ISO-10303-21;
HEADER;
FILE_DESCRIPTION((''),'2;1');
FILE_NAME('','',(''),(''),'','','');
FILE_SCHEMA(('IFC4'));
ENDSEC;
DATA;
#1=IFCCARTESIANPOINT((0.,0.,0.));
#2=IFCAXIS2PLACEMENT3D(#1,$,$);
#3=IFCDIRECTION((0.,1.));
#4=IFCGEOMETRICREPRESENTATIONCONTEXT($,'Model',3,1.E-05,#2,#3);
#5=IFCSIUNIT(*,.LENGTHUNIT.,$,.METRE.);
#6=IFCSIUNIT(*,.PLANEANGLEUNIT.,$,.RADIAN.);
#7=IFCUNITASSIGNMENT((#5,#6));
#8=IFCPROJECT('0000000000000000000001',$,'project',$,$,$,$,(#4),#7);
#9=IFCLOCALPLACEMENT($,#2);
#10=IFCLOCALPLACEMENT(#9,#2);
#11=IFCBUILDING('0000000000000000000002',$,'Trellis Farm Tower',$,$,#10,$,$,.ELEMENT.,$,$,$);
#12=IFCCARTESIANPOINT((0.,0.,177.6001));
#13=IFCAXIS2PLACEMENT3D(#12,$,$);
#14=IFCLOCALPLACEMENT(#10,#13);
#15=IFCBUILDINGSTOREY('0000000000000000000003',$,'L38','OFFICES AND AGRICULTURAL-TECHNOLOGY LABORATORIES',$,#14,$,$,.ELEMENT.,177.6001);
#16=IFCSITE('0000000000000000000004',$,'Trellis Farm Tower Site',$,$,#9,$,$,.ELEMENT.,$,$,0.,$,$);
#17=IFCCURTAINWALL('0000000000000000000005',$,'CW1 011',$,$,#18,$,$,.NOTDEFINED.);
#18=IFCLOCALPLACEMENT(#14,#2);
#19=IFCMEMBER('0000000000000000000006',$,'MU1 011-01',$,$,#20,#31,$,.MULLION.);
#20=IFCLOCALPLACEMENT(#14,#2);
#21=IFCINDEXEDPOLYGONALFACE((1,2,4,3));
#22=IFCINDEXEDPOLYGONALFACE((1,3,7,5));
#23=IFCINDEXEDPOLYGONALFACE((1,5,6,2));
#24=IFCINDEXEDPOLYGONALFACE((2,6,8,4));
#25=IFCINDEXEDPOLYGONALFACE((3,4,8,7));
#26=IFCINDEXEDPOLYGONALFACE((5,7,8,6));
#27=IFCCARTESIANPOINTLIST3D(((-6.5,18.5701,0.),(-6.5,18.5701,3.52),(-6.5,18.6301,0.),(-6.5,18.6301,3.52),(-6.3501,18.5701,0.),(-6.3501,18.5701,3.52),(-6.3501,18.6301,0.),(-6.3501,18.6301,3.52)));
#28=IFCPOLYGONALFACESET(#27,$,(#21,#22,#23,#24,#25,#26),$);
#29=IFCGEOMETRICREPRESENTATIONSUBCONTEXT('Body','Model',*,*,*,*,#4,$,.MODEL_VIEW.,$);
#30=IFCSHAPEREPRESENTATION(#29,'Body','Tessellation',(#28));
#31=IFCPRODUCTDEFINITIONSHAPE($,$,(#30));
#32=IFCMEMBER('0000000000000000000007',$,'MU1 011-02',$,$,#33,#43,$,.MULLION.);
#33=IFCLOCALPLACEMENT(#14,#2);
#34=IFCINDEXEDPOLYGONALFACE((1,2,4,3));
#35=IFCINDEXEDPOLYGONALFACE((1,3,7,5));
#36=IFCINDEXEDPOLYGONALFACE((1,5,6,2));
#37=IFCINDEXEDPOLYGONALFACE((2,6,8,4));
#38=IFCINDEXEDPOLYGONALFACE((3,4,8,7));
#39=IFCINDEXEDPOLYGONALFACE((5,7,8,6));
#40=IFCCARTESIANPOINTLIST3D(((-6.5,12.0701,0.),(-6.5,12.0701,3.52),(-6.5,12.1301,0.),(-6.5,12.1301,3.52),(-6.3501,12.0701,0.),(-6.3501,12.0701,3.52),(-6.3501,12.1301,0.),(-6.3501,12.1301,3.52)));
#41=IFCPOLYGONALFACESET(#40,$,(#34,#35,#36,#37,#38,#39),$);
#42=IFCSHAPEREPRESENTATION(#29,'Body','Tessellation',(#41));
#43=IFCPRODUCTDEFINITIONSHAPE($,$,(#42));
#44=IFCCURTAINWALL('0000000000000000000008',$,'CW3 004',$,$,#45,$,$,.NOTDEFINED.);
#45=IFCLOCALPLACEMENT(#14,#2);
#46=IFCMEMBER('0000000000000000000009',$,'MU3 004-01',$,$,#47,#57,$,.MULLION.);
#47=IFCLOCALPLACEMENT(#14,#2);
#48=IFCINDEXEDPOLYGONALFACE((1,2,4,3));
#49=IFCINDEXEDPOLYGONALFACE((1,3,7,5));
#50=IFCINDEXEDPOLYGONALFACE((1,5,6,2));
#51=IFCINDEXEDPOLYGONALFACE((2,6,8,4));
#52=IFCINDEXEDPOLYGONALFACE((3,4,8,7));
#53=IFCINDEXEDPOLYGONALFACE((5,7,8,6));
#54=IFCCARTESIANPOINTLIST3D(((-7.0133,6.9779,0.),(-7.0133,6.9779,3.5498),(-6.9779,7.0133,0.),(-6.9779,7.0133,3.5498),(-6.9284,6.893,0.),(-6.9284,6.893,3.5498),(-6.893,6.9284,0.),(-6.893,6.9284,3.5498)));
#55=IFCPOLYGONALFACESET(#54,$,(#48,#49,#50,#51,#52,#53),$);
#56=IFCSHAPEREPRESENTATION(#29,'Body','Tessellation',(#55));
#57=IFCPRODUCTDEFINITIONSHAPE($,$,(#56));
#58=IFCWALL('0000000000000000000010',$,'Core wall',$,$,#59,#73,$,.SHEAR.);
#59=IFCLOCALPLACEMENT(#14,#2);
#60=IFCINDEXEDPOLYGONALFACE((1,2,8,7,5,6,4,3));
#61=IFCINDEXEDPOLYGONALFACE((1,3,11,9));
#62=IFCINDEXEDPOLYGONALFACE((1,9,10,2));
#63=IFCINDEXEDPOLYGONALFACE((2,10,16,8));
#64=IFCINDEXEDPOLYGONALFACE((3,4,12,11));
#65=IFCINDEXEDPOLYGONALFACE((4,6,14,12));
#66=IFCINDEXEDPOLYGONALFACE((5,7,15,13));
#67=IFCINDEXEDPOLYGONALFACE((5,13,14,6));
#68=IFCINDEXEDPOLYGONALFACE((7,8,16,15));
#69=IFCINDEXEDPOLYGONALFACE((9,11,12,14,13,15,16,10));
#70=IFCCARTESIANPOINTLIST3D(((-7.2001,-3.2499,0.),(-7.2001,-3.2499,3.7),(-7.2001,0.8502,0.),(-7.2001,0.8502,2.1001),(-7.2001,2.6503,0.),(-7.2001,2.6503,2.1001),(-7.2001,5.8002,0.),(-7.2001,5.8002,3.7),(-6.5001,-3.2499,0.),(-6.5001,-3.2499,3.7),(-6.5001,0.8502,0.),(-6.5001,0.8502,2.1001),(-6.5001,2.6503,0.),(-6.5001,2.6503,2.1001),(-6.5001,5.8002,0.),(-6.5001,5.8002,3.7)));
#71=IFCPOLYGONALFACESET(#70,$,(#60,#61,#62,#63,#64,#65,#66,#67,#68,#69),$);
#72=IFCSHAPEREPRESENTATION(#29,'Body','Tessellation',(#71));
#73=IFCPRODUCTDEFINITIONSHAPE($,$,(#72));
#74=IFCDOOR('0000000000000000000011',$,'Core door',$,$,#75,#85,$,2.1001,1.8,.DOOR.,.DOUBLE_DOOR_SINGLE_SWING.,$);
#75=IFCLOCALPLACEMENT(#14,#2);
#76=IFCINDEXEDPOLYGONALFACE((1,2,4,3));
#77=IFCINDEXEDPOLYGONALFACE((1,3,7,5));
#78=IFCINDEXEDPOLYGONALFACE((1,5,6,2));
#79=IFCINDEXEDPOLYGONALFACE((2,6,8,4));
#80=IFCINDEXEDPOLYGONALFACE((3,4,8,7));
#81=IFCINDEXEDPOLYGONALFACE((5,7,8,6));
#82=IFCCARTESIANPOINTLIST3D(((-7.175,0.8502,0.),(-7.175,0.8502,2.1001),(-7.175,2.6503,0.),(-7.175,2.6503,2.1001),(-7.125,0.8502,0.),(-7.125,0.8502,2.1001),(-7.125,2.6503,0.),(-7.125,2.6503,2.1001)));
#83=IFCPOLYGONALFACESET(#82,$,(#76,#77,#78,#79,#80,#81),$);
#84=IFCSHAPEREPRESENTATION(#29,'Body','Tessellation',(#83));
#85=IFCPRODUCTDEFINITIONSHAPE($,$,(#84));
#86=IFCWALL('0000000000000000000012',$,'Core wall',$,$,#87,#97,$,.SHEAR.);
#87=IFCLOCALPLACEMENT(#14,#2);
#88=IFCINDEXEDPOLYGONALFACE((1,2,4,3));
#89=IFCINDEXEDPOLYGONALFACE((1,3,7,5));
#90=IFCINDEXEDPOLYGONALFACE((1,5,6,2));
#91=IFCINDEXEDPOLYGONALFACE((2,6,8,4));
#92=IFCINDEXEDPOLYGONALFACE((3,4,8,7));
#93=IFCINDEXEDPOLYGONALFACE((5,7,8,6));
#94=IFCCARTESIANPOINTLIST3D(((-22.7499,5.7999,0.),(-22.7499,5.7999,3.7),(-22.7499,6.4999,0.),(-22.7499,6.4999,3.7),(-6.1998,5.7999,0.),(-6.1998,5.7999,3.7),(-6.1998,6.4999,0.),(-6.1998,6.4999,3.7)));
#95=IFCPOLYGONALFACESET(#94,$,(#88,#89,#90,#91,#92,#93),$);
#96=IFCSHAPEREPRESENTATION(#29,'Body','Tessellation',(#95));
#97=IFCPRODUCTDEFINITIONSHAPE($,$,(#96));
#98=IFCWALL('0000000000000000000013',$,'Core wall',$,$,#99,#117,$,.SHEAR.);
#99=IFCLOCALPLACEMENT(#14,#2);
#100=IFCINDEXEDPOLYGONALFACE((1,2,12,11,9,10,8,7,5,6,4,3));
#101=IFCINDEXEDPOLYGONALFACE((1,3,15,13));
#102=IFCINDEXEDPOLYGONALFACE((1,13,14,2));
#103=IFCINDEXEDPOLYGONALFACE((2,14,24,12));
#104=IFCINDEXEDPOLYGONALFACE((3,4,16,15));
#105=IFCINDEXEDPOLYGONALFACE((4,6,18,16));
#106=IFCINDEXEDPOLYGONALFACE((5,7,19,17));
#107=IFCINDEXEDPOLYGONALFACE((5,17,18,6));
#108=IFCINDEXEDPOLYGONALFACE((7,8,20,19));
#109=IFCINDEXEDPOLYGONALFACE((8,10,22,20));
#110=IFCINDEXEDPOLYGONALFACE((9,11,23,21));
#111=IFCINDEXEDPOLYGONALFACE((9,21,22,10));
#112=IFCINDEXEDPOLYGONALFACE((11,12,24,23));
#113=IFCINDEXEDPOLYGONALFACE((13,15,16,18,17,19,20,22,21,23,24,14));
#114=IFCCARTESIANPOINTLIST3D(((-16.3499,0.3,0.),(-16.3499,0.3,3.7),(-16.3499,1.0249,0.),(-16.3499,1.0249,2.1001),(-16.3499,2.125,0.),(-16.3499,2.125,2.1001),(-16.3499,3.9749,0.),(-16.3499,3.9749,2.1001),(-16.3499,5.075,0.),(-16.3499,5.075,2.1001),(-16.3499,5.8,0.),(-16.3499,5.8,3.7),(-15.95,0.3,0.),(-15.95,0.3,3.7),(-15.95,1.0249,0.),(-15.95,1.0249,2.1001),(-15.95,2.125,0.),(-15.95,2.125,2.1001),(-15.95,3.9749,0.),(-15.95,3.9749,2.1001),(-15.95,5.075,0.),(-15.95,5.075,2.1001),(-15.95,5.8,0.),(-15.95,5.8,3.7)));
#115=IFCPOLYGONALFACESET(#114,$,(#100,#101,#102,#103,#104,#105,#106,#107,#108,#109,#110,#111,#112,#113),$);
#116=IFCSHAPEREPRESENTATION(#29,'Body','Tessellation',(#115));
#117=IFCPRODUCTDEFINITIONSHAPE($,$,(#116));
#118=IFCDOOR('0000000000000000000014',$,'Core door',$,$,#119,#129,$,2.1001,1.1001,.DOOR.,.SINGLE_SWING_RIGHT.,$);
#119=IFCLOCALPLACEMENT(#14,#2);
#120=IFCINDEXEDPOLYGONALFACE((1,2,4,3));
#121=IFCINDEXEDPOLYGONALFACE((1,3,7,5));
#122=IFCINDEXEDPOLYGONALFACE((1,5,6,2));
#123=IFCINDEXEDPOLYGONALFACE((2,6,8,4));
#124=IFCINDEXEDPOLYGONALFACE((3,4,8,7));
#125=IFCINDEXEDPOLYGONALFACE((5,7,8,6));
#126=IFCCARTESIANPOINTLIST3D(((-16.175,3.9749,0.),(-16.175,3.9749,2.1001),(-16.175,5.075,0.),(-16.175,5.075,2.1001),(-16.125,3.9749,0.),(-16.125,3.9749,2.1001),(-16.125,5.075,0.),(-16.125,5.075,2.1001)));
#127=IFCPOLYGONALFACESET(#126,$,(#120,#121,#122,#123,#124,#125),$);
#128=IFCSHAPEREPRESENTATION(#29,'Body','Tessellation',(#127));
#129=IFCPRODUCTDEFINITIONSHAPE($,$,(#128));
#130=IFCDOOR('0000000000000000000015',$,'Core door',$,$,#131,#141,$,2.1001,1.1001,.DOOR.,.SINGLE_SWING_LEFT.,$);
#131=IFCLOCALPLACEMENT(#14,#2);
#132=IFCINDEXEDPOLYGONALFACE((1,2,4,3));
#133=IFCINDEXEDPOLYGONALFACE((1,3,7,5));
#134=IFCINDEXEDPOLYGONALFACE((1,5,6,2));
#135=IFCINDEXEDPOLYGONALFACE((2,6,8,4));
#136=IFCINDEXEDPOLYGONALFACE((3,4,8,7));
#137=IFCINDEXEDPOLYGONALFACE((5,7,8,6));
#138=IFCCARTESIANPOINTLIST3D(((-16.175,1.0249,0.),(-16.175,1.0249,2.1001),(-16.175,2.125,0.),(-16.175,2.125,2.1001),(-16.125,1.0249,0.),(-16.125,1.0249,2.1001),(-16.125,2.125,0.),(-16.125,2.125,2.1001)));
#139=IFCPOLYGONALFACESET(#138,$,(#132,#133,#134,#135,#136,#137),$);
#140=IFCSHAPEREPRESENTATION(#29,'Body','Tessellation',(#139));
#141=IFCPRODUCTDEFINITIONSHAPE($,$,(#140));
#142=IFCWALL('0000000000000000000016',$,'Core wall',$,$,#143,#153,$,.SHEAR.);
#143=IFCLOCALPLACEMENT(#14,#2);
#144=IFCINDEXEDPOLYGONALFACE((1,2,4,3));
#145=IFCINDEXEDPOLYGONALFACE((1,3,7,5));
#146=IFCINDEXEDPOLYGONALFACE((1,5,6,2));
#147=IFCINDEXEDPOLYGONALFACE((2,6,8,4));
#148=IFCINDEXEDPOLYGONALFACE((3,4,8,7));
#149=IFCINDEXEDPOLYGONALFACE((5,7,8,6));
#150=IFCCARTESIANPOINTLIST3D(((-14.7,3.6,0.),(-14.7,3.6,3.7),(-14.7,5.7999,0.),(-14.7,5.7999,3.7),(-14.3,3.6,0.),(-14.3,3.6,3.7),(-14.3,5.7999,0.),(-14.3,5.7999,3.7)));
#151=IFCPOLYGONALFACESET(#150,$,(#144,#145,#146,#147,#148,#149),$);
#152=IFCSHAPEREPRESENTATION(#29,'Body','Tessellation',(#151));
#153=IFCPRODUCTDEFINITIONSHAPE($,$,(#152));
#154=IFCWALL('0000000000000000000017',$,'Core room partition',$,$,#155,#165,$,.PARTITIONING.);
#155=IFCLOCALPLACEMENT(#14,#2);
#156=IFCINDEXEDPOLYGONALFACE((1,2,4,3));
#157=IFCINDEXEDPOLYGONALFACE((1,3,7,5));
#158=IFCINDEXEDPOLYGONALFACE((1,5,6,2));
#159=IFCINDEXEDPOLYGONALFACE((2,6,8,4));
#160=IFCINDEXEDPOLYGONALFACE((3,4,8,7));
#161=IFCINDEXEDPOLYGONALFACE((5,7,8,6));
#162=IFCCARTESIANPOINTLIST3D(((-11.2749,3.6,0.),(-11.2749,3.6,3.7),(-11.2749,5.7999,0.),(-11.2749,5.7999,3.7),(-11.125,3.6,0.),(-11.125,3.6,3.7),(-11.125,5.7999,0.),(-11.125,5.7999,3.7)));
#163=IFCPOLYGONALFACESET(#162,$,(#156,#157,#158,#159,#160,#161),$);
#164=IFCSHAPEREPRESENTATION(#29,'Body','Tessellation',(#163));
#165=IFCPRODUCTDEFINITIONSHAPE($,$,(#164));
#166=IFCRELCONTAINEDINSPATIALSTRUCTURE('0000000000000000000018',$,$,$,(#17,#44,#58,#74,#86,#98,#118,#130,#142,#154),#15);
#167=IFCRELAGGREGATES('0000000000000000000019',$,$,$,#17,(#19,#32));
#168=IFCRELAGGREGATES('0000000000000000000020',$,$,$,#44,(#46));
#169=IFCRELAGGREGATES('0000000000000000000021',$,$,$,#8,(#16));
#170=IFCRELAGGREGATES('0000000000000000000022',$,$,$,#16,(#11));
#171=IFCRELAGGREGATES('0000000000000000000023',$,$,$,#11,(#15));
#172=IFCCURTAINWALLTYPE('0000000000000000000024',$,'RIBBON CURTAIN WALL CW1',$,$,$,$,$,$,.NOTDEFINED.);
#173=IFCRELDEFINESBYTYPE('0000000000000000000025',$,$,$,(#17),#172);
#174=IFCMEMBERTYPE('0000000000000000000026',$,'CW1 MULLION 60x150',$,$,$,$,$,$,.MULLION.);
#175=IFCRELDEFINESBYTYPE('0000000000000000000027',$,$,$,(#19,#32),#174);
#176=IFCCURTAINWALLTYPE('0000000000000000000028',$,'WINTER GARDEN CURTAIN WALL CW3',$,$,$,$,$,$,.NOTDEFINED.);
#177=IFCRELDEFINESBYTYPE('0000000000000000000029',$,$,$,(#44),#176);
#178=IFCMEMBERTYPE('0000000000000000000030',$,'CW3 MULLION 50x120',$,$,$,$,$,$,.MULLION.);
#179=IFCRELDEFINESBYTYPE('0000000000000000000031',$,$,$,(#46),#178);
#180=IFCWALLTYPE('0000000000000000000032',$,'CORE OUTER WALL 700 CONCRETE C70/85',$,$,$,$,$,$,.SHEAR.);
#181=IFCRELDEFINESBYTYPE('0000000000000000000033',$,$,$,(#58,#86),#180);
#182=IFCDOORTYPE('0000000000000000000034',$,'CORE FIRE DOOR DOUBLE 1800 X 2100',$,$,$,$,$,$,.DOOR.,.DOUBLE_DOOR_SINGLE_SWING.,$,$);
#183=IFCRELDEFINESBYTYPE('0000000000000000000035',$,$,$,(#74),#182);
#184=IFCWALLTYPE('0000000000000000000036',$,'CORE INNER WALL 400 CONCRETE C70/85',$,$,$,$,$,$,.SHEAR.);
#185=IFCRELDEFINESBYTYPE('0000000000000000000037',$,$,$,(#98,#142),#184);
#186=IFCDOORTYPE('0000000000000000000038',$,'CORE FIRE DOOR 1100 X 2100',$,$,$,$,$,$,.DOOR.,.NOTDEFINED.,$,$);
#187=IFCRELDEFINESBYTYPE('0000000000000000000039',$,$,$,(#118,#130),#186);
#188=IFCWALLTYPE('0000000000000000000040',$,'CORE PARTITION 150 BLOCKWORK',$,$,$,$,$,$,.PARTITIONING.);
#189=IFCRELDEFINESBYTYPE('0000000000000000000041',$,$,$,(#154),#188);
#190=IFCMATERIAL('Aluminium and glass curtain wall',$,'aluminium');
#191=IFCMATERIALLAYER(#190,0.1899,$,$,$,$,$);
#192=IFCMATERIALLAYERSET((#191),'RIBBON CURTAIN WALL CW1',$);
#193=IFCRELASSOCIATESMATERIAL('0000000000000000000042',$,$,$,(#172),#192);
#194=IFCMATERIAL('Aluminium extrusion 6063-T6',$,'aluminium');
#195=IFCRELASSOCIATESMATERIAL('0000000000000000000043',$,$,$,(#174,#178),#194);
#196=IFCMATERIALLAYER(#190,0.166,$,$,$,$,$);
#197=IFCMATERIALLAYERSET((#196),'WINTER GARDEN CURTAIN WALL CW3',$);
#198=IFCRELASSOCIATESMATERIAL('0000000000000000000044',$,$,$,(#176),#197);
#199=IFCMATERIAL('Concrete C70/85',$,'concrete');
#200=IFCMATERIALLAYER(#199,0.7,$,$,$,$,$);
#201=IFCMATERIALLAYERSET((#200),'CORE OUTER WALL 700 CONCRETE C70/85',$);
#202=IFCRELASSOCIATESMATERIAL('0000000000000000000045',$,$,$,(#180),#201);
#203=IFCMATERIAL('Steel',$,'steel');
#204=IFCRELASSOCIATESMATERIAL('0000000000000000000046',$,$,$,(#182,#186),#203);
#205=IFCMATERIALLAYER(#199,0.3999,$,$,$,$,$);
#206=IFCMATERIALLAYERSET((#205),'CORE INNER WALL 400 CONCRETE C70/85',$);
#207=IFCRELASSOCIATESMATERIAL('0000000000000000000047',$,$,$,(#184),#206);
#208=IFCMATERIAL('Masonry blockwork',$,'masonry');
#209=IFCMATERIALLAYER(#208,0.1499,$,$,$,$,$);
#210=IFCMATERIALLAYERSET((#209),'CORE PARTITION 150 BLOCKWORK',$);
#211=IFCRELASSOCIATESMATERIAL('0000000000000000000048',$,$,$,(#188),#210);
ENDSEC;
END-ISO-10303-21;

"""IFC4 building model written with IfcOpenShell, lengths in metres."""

from ifc_helpers import new_model, si_unit, direction, frame, frame_2d, origin, origin_2d, place, context, subcontext, project, spatial, rectangle, extrude, source, transform, mapped, material, layer, layer_set, material_profile, profile_set, type_object, element, fill, aggregate, save


model = new_model("IFC4")

# Units and contexts
model_context = context("Model", 3, precision=1e-05, world=origin(), true_north=direction((0.0, 1.0)))
body_context = subcontext(model_context, "Body", "Model", "MODEL_VIEW")
ifc_project = project(units=[si_unit("LENGTHUNIT", "METRE"), si_unit("PLANEANGLEUNIT", "RADIAN")], contexts=[model_context])

# Site, building, storey
site_placement = place(None, origin())
site = spatial("IfcSite", under=ifc_project, at=site_placement, Name="Trellis Farm Tower Site", CompositionType="ELEMENT", RefElevation=0.0)
building_placement = place(site_placement, origin())
building = spatial("IfcBuilding", under=site, at=building_placement, Name="Trellis Farm Tower", CompositionType="ELEMENT")
storey_placement = place(building_placement, frame((0.0, 0.0, 177.6001)))
storey = spatial("IfcBuildingStorey", under=building, at=storey_placement, Name="L38", Description="OFFICES AND AGRICULTURAL-TECHNOLOGY LABORATORIES", CompositionType="ELEMENT", Elevation=177.6001)

# Shared definitions
ifc_material_1 = material(Name="Concrete C70/85", Category="concrete")

# Shared definitions
ifc_material_2 = material(Name="Aluminium and glass curtain wall", Category="aluminium")
ifc_layer_1 = layer(ifc_material_2, 0.1899)
ifc_layer_set_1 = layer_set([ifc_layer_1], Name="RIBBON CURTAIN WALL CW1")
curtain_wall_type_1 = type_object("IfcCurtainWallType", Name="RIBBON CURTAIN WALL CW1", PredefinedType="NOTDEFINED", material=ifc_layer_set_1)
placement = place(storey_placement, origin())
ifc_material_3 = material(Name="Aluminium extrusion 6063-T6", Category="aluminium")
ifc_material_profile_1 = material_profile(ifc_material_3, rectangle(XDim=0.0601, YDim=0.1499, at=origin_2d()), Name="MULLION 60x150")
ifc_profile_set_1 = profile_set([ifc_material_profile_1], Name="Aluminium extrusion 6063-T6")
member_type_1 = type_object("IfcMemberType", Name="CW1 MULLION 60x150", PredefinedType="MULLION", material=ifc_profile_set_1)
shared_shape_1 = source(origin(), body_context, "Body", "SweptSolid", [
    extrude(rectangle(XDim=0.0601, YDim=0.1499, at=origin_2d()), origin(), (0.0, 0.0, 1.0), 3.52),
])

# Curtain wall, members
curtain_wall_1 = element("IfcCurtainWall", 1, at=placement, inside=storey, type_object=curtain_wall_type_1, Name="CW1 011", PredefinedType="NOTDEFINED")
member_1_placement = place(storey_placement, frame((-6.425, 18.6001, 0.0), z_axis=(0.0, 0.0, 1.0), x_axis=(0.0, -1.0, 0.0)))
member_1 = element("IfcMember", 2, at=member_1_placement, type_object=member_type_1, Name="MU1 011-01", PredefinedType="MULLION", context=body_context, shape_type="MappedRepresentation", body=[
    mapped(shared_shape_1, transform((0.0, 0.0, 0.0))),
])
member_2_placement = place(storey_placement, frame((-6.425, 12.1001, 0.0), z_axis=(0.0, 0.0, 1.0), x_axis=(0.0, -1.0, 0.0)))
member_2 = element("IfcMember", 3, at=member_2_placement, type_object=member_type_1, Name="MU1 011-02", PredefinedType="MULLION", context=body_context, shape_type="MappedRepresentation", body=[
    mapped(shared_shape_1, transform((0.0, 0.0, 0.0))),
])
aggregate(curtain_wall_1, [member_1, member_2])

# Curtain wall, member
ifc_layer_2 = layer(ifc_material_2, 0.166)
ifc_layer_set_2 = layer_set([ifc_layer_2], Name="WINTER GARDEN CURTAIN WALL CW3")
curtain_wall_type_2 = type_object("IfcCurtainWallType", Name="WINTER GARDEN CURTAIN WALL CW3", PredefinedType="NOTDEFINED", material=ifc_layer_set_2)
curtain_wall_2 = element("IfcCurtainWall", 4, at=placement, inside=storey, type_object=curtain_wall_type_2, Name="CW3 004", PredefinedType="NOTDEFINED")
ifc_material_profile_2 = material_profile(ifc_material_3, rectangle(XDim=0.05, YDim=0.1201, at=origin_2d()), Name="MULLION 50x120")
ifc_profile_set_2 = profile_set([ifc_material_profile_2], Name="Aluminium extrusion 6063-T6")
member_type_2 = type_object("IfcMemberType", Name="CW3 MULLION 50x120", PredefinedType="MULLION", material=ifc_profile_set_2)
shared_shape_2 = source(origin(), body_context, "Body", "SweptSolid", [
    extrude(rectangle(XDim=0.05, YDim=0.1201, at=origin_2d()), origin(), (0.0, 0.0, 1.0), 3.5498),
])
member_3_placement = place(storey_placement, frame((-6.9531, 6.9531, 0.0), z_axis=(0.0, 0.0, 1.0), x_axis=(-0.707107, -0.707107, 0.0)))
member_3 = element("IfcMember", 5, at=member_3_placement, type_object=member_type_2, Name="MU3 004-01", PredefinedType="MULLION", context=body_context, shape_type="MappedRepresentation", body=[
    mapped(shared_shape_2, transform((0.0, 0.0, 0.0))),
])
aggregate(curtain_wall_2, [member_3])

# Wall, opening, door
ifc_layer_3 = layer(ifc_material_1, 0.7)
ifc_layer_set_3 = layer_set([ifc_layer_3], Name="CORE OUTER WALL 700 CONCRETE C70/85")
wall_type_1 = type_object("IfcWallType", Name="CORE OUTER WALL 700 CONCRETE C70/85", PredefinedType="SHEAR", material=ifc_layer_set_3)
shared_shape_3 = source(origin(), body_context, "Body", "SweptSolid", [
    extrude(rectangle(XDim=9.05, YDim=0.7, at=frame_2d((4.5249, 0.0))), origin(), (0.0, 0.0, 1.0), 3.7),
])
wall_1_placement = place(storey_placement, frame((-6.8501, 5.8, 0.0), z_axis=(0.0, 0.0, 1.0), x_axis=(0.0, -1.0, 0.0)))
wall_1 = element("IfcWall", 6, at=wall_1_placement, inside=storey, type_object=wall_type_1, Name="Core wall", PredefinedType="SHEAR", context=body_context, shape_type="MappedRepresentation", body=[
    mapped(shared_shape_3, transform((0.0, 0.0, 0.0))),
])
shared_shape_4 = source(origin(), body_context, "Body", "SweptSolid", [
    extrude(rectangle(XDim=1.8, YDim=2.1001, at=frame_2d((0.8999, 1.05))), frame((0.0, 0.3601, 0.0), z_axis=(0.0, -1.0, 0.0), x_axis=(1.0, 0.0, 0.0)), (0.0, 0.0, 1.0), 0.7202),
])
opening_1_placement = place(wall_1_placement, frame((3.1499, 0.0, 0.0)))
opening_1 = element("IfcOpeningElement", 7, at=opening_1_placement, cuts=wall_1, PredefinedType="OPENING", context=body_context, shape_type="MappedRepresentation", body=[
    mapped(shared_shape_4, transform((0.0, 0.0, 0.0))),
])
ifc_material_4 = material(Name="Steel", Category="steel")
door_type_1 = type_object("IfcDoorType", Name="CORE FIRE DOOR DOUBLE 1800 X 2100", OperationType="DOUBLE_DOOR_SINGLE_SWING", PredefinedType="DOOR", material=ifc_material_4)
shared_shape_5 = source(origin(), body_context, "Body", "SweptSolid", [
    extrude(rectangle(XDim=1.8, YDim=2.1001, at=frame_2d((0.8999, 1.05))), frame((0.0, -0.2749, 0.0), z_axis=(0.0, -1.0, 0.0), x_axis=(1.0, 0.0, 0.0)), (0.0, 0.0, 1.0), 0.05),
])
door_1_placement = place(opening_1_placement, origin())
door_1 = element("IfcDoor", 8, at=door_1_placement, inside=storey, type_object=door_type_1, Name="Core door", OperationType="DOUBLE_DOOR_SINGLE_SWING", OverallHeight=2.1001, OverallWidth=1.8, PredefinedType="DOOR", context=body_context, shape_type="MappedRepresentation", body=[
    mapped(shared_shape_5, transform((0.0, 0.0, 0.0))),
])
fill(opening_1, door_1)

# Wall
shared_shape_6 = source(origin(), body_context, "Body", "SweptSolid", [
    extrude(rectangle(XDim=16.55, YDim=0.7, at=frame_2d((8.2749, 0.0))), origin(), (0.0, 0.0, 1.0), 3.7),
])
wall_2_placement = place(storey_placement, frame((-6.2, 6.1499, 0.0), z_axis=(0.0, 0.0, 1.0), x_axis=(-1.0, 0.0, 0.0)))
element("IfcWall", 9, at=wall_2_placement, inside=storey, type_object=wall_type_1, Name="Core wall", PredefinedType="SHEAR", context=body_context, shape_type="MappedRepresentation", body=[
    mapped(shared_shape_6, transform((0.0, 0.0, 0.0))),
])

# Wall, openings, doors
ifc_layer_4 = layer(ifc_material_1, 0.3999)
ifc_layer_set_4 = layer_set([ifc_layer_4], Name="CORE INNER WALL 400 CONCRETE C70/85")
wall_type_2 = type_object("IfcWallType", Name="CORE INNER WALL 400 CONCRETE C70/85", PredefinedType="SHEAR", material=ifc_layer_set_4)
shared_shape_7 = source(origin(), body_context, "Body", "SweptSolid", [
    extrude(rectangle(XDim=5.5, YDim=0.3999, at=frame_2d((2.75, 0.0))), origin(), (0.0, 0.0, 1.0), 3.7),
])
wall_3_placement = place(storey_placement, frame((-16.1499, 5.8, 0.0), z_axis=(0.0, 0.0, 1.0), x_axis=(0.0, -1.0, 0.0)))
wall_3 = element("IfcWall", 10, at=wall_3_placement, inside=storey, type_object=wall_type_2, Name="Core wall", PredefinedType="SHEAR", context=body_context, shape_type="MappedRepresentation", body=[
    mapped(shared_shape_7, transform((0.0, 0.0, 0.0))),
])
shared_shape_8 = source(origin(), body_context, "Body", "SweptSolid", [
    extrude(rectangle(XDim=1.1001, YDim=2.1001, at=frame_2d((0.55, 1.05))), frame((0.0, 0.21, 0.0), z_axis=(0.0, -1.0, 0.0), x_axis=(1.0, 0.0, 0.0)), (0.0, 0.0, 1.0), 0.4199),
])
opening_2_placement = place(wall_3_placement, frame((0.7251, 0.0, 0.0)))
opening_2 = element("IfcOpeningElement", 11, at=opening_2_placement, cuts=wall_3, PredefinedType="OPENING", context=body_context, shape_type="MappedRepresentation", body=[
    mapped(shared_shape_8, transform((0.0, 0.0, 0.0))),
])
opening_3_placement = place(wall_3_placement, frame((3.675, 0.0, 0.0)))
opening_3 = element("IfcOpeningElement", 12, at=opening_3_placement, cuts=wall_3, PredefinedType="OPENING", context=body_context, shape_type="MappedRepresentation", body=[
    mapped(shared_shape_8, transform((0.0, 0.0, 0.0))),
])
door_type_2 = type_object("IfcDoorType", Name="CORE FIRE DOOR 1100 X 2100", OperationType="NOTDEFINED", PredefinedType="DOOR", material=ifc_material_4)
shared_shape_9 = source(origin(), body_context, "Body", "SweptSolid", [
    extrude(rectangle(XDim=1.1001, YDim=2.1001, at=frame_2d((0.55, 1.05))), frame((0.0, 0.0249, 0.0), z_axis=(0.0, -1.0, 0.0), x_axis=(1.0, 0.0, 0.0)), (0.0, 0.0, 1.0), 0.05),
])
door_2_placement = place(opening_2_placement, origin())
door_2 = element("IfcDoor", 13, at=door_2_placement, inside=storey, type_object=door_type_2, Name="Core door", OperationType="SINGLE_SWING_RIGHT", OverallHeight=2.1001, OverallWidth=1.1001, PredefinedType="DOOR", context=body_context, shape_type="MappedRepresentation", body=[
    mapped(shared_shape_9, transform((0.0, 0.0, 0.0))),
])
fill(opening_2, door_2)
door_3_placement = place(opening_3_placement, origin())
door_3 = element("IfcDoor", 14, at=door_3_placement, inside=storey, type_object=door_type_2, Name="Core door", OperationType="SINGLE_SWING_LEFT", OverallHeight=2.1001, OverallWidth=1.1001, PredefinedType="DOOR", context=body_context, shape_type="MappedRepresentation", body=[
    mapped(shared_shape_9, transform((0.0, 0.0, 0.0))),
])
fill(opening_3, door_3)

# Walls
shared_shape_10 = source(origin(), body_context, "Body", "SweptSolid", [
    extrude(rectangle(XDim=2.2, YDim=0.3999, at=frame_2d((1.1001, 0.0))), origin(), (0.0, 0.0, 1.0), 3.7),
])
wall_4_placement = place(storey_placement, frame((-14.5, 5.8, 0.0), z_axis=(0.0, 0.0, 1.0), x_axis=(0.0, -1.0, 0.0)))
element("IfcWall", 15, at=wall_4_placement, inside=storey, type_object=wall_type_2, Name="Core wall", PredefinedType="SHEAR", context=body_context, shape_type="MappedRepresentation", body=[
    mapped(shared_shape_10, transform((0.0, 0.0, 0.0))),
])
ifc_material_5 = material(Name="Masonry blockwork", Category="masonry")
ifc_layer_5 = layer(ifc_material_5, 0.1499)
ifc_layer_set_5 = layer_set([ifc_layer_5], Name="CORE PARTITION 150 BLOCKWORK")
wall_type_3 = type_object("IfcWallType", Name="CORE PARTITION 150 BLOCKWORK", PredefinedType="PARTITIONING", material=ifc_layer_set_5)
shared_shape_11 = source(origin(), body_context, "Body", "SweptSolid", [
    extrude(rectangle(XDim=2.2, YDim=0.1499, at=frame_2d((1.1001, 0.0))), origin(), (0.0, 0.0, 1.0), 3.7),
])
for number, where, z_axis, x_axis, name in (
    (16, (-11.2, 5.8, 0.0), (0.0, 0.0, 1.0), (0.0, -1.0, 0.0), "Core room partition"),
):
    element("IfcWall", number, at=place(storey_placement, frame(where, z_axis=z_axis, x_axis=x_axis)), inside=storey, type_object=wall_type_3, Name=name, PredefinedType="PARTITIONING", context=body_context, shape_type="MappedRepresentation", body=[
        mapped(shared_shape_11, transform((0.0, 0.0, 0.0))),
    ])

save(model, "model.ifc")
